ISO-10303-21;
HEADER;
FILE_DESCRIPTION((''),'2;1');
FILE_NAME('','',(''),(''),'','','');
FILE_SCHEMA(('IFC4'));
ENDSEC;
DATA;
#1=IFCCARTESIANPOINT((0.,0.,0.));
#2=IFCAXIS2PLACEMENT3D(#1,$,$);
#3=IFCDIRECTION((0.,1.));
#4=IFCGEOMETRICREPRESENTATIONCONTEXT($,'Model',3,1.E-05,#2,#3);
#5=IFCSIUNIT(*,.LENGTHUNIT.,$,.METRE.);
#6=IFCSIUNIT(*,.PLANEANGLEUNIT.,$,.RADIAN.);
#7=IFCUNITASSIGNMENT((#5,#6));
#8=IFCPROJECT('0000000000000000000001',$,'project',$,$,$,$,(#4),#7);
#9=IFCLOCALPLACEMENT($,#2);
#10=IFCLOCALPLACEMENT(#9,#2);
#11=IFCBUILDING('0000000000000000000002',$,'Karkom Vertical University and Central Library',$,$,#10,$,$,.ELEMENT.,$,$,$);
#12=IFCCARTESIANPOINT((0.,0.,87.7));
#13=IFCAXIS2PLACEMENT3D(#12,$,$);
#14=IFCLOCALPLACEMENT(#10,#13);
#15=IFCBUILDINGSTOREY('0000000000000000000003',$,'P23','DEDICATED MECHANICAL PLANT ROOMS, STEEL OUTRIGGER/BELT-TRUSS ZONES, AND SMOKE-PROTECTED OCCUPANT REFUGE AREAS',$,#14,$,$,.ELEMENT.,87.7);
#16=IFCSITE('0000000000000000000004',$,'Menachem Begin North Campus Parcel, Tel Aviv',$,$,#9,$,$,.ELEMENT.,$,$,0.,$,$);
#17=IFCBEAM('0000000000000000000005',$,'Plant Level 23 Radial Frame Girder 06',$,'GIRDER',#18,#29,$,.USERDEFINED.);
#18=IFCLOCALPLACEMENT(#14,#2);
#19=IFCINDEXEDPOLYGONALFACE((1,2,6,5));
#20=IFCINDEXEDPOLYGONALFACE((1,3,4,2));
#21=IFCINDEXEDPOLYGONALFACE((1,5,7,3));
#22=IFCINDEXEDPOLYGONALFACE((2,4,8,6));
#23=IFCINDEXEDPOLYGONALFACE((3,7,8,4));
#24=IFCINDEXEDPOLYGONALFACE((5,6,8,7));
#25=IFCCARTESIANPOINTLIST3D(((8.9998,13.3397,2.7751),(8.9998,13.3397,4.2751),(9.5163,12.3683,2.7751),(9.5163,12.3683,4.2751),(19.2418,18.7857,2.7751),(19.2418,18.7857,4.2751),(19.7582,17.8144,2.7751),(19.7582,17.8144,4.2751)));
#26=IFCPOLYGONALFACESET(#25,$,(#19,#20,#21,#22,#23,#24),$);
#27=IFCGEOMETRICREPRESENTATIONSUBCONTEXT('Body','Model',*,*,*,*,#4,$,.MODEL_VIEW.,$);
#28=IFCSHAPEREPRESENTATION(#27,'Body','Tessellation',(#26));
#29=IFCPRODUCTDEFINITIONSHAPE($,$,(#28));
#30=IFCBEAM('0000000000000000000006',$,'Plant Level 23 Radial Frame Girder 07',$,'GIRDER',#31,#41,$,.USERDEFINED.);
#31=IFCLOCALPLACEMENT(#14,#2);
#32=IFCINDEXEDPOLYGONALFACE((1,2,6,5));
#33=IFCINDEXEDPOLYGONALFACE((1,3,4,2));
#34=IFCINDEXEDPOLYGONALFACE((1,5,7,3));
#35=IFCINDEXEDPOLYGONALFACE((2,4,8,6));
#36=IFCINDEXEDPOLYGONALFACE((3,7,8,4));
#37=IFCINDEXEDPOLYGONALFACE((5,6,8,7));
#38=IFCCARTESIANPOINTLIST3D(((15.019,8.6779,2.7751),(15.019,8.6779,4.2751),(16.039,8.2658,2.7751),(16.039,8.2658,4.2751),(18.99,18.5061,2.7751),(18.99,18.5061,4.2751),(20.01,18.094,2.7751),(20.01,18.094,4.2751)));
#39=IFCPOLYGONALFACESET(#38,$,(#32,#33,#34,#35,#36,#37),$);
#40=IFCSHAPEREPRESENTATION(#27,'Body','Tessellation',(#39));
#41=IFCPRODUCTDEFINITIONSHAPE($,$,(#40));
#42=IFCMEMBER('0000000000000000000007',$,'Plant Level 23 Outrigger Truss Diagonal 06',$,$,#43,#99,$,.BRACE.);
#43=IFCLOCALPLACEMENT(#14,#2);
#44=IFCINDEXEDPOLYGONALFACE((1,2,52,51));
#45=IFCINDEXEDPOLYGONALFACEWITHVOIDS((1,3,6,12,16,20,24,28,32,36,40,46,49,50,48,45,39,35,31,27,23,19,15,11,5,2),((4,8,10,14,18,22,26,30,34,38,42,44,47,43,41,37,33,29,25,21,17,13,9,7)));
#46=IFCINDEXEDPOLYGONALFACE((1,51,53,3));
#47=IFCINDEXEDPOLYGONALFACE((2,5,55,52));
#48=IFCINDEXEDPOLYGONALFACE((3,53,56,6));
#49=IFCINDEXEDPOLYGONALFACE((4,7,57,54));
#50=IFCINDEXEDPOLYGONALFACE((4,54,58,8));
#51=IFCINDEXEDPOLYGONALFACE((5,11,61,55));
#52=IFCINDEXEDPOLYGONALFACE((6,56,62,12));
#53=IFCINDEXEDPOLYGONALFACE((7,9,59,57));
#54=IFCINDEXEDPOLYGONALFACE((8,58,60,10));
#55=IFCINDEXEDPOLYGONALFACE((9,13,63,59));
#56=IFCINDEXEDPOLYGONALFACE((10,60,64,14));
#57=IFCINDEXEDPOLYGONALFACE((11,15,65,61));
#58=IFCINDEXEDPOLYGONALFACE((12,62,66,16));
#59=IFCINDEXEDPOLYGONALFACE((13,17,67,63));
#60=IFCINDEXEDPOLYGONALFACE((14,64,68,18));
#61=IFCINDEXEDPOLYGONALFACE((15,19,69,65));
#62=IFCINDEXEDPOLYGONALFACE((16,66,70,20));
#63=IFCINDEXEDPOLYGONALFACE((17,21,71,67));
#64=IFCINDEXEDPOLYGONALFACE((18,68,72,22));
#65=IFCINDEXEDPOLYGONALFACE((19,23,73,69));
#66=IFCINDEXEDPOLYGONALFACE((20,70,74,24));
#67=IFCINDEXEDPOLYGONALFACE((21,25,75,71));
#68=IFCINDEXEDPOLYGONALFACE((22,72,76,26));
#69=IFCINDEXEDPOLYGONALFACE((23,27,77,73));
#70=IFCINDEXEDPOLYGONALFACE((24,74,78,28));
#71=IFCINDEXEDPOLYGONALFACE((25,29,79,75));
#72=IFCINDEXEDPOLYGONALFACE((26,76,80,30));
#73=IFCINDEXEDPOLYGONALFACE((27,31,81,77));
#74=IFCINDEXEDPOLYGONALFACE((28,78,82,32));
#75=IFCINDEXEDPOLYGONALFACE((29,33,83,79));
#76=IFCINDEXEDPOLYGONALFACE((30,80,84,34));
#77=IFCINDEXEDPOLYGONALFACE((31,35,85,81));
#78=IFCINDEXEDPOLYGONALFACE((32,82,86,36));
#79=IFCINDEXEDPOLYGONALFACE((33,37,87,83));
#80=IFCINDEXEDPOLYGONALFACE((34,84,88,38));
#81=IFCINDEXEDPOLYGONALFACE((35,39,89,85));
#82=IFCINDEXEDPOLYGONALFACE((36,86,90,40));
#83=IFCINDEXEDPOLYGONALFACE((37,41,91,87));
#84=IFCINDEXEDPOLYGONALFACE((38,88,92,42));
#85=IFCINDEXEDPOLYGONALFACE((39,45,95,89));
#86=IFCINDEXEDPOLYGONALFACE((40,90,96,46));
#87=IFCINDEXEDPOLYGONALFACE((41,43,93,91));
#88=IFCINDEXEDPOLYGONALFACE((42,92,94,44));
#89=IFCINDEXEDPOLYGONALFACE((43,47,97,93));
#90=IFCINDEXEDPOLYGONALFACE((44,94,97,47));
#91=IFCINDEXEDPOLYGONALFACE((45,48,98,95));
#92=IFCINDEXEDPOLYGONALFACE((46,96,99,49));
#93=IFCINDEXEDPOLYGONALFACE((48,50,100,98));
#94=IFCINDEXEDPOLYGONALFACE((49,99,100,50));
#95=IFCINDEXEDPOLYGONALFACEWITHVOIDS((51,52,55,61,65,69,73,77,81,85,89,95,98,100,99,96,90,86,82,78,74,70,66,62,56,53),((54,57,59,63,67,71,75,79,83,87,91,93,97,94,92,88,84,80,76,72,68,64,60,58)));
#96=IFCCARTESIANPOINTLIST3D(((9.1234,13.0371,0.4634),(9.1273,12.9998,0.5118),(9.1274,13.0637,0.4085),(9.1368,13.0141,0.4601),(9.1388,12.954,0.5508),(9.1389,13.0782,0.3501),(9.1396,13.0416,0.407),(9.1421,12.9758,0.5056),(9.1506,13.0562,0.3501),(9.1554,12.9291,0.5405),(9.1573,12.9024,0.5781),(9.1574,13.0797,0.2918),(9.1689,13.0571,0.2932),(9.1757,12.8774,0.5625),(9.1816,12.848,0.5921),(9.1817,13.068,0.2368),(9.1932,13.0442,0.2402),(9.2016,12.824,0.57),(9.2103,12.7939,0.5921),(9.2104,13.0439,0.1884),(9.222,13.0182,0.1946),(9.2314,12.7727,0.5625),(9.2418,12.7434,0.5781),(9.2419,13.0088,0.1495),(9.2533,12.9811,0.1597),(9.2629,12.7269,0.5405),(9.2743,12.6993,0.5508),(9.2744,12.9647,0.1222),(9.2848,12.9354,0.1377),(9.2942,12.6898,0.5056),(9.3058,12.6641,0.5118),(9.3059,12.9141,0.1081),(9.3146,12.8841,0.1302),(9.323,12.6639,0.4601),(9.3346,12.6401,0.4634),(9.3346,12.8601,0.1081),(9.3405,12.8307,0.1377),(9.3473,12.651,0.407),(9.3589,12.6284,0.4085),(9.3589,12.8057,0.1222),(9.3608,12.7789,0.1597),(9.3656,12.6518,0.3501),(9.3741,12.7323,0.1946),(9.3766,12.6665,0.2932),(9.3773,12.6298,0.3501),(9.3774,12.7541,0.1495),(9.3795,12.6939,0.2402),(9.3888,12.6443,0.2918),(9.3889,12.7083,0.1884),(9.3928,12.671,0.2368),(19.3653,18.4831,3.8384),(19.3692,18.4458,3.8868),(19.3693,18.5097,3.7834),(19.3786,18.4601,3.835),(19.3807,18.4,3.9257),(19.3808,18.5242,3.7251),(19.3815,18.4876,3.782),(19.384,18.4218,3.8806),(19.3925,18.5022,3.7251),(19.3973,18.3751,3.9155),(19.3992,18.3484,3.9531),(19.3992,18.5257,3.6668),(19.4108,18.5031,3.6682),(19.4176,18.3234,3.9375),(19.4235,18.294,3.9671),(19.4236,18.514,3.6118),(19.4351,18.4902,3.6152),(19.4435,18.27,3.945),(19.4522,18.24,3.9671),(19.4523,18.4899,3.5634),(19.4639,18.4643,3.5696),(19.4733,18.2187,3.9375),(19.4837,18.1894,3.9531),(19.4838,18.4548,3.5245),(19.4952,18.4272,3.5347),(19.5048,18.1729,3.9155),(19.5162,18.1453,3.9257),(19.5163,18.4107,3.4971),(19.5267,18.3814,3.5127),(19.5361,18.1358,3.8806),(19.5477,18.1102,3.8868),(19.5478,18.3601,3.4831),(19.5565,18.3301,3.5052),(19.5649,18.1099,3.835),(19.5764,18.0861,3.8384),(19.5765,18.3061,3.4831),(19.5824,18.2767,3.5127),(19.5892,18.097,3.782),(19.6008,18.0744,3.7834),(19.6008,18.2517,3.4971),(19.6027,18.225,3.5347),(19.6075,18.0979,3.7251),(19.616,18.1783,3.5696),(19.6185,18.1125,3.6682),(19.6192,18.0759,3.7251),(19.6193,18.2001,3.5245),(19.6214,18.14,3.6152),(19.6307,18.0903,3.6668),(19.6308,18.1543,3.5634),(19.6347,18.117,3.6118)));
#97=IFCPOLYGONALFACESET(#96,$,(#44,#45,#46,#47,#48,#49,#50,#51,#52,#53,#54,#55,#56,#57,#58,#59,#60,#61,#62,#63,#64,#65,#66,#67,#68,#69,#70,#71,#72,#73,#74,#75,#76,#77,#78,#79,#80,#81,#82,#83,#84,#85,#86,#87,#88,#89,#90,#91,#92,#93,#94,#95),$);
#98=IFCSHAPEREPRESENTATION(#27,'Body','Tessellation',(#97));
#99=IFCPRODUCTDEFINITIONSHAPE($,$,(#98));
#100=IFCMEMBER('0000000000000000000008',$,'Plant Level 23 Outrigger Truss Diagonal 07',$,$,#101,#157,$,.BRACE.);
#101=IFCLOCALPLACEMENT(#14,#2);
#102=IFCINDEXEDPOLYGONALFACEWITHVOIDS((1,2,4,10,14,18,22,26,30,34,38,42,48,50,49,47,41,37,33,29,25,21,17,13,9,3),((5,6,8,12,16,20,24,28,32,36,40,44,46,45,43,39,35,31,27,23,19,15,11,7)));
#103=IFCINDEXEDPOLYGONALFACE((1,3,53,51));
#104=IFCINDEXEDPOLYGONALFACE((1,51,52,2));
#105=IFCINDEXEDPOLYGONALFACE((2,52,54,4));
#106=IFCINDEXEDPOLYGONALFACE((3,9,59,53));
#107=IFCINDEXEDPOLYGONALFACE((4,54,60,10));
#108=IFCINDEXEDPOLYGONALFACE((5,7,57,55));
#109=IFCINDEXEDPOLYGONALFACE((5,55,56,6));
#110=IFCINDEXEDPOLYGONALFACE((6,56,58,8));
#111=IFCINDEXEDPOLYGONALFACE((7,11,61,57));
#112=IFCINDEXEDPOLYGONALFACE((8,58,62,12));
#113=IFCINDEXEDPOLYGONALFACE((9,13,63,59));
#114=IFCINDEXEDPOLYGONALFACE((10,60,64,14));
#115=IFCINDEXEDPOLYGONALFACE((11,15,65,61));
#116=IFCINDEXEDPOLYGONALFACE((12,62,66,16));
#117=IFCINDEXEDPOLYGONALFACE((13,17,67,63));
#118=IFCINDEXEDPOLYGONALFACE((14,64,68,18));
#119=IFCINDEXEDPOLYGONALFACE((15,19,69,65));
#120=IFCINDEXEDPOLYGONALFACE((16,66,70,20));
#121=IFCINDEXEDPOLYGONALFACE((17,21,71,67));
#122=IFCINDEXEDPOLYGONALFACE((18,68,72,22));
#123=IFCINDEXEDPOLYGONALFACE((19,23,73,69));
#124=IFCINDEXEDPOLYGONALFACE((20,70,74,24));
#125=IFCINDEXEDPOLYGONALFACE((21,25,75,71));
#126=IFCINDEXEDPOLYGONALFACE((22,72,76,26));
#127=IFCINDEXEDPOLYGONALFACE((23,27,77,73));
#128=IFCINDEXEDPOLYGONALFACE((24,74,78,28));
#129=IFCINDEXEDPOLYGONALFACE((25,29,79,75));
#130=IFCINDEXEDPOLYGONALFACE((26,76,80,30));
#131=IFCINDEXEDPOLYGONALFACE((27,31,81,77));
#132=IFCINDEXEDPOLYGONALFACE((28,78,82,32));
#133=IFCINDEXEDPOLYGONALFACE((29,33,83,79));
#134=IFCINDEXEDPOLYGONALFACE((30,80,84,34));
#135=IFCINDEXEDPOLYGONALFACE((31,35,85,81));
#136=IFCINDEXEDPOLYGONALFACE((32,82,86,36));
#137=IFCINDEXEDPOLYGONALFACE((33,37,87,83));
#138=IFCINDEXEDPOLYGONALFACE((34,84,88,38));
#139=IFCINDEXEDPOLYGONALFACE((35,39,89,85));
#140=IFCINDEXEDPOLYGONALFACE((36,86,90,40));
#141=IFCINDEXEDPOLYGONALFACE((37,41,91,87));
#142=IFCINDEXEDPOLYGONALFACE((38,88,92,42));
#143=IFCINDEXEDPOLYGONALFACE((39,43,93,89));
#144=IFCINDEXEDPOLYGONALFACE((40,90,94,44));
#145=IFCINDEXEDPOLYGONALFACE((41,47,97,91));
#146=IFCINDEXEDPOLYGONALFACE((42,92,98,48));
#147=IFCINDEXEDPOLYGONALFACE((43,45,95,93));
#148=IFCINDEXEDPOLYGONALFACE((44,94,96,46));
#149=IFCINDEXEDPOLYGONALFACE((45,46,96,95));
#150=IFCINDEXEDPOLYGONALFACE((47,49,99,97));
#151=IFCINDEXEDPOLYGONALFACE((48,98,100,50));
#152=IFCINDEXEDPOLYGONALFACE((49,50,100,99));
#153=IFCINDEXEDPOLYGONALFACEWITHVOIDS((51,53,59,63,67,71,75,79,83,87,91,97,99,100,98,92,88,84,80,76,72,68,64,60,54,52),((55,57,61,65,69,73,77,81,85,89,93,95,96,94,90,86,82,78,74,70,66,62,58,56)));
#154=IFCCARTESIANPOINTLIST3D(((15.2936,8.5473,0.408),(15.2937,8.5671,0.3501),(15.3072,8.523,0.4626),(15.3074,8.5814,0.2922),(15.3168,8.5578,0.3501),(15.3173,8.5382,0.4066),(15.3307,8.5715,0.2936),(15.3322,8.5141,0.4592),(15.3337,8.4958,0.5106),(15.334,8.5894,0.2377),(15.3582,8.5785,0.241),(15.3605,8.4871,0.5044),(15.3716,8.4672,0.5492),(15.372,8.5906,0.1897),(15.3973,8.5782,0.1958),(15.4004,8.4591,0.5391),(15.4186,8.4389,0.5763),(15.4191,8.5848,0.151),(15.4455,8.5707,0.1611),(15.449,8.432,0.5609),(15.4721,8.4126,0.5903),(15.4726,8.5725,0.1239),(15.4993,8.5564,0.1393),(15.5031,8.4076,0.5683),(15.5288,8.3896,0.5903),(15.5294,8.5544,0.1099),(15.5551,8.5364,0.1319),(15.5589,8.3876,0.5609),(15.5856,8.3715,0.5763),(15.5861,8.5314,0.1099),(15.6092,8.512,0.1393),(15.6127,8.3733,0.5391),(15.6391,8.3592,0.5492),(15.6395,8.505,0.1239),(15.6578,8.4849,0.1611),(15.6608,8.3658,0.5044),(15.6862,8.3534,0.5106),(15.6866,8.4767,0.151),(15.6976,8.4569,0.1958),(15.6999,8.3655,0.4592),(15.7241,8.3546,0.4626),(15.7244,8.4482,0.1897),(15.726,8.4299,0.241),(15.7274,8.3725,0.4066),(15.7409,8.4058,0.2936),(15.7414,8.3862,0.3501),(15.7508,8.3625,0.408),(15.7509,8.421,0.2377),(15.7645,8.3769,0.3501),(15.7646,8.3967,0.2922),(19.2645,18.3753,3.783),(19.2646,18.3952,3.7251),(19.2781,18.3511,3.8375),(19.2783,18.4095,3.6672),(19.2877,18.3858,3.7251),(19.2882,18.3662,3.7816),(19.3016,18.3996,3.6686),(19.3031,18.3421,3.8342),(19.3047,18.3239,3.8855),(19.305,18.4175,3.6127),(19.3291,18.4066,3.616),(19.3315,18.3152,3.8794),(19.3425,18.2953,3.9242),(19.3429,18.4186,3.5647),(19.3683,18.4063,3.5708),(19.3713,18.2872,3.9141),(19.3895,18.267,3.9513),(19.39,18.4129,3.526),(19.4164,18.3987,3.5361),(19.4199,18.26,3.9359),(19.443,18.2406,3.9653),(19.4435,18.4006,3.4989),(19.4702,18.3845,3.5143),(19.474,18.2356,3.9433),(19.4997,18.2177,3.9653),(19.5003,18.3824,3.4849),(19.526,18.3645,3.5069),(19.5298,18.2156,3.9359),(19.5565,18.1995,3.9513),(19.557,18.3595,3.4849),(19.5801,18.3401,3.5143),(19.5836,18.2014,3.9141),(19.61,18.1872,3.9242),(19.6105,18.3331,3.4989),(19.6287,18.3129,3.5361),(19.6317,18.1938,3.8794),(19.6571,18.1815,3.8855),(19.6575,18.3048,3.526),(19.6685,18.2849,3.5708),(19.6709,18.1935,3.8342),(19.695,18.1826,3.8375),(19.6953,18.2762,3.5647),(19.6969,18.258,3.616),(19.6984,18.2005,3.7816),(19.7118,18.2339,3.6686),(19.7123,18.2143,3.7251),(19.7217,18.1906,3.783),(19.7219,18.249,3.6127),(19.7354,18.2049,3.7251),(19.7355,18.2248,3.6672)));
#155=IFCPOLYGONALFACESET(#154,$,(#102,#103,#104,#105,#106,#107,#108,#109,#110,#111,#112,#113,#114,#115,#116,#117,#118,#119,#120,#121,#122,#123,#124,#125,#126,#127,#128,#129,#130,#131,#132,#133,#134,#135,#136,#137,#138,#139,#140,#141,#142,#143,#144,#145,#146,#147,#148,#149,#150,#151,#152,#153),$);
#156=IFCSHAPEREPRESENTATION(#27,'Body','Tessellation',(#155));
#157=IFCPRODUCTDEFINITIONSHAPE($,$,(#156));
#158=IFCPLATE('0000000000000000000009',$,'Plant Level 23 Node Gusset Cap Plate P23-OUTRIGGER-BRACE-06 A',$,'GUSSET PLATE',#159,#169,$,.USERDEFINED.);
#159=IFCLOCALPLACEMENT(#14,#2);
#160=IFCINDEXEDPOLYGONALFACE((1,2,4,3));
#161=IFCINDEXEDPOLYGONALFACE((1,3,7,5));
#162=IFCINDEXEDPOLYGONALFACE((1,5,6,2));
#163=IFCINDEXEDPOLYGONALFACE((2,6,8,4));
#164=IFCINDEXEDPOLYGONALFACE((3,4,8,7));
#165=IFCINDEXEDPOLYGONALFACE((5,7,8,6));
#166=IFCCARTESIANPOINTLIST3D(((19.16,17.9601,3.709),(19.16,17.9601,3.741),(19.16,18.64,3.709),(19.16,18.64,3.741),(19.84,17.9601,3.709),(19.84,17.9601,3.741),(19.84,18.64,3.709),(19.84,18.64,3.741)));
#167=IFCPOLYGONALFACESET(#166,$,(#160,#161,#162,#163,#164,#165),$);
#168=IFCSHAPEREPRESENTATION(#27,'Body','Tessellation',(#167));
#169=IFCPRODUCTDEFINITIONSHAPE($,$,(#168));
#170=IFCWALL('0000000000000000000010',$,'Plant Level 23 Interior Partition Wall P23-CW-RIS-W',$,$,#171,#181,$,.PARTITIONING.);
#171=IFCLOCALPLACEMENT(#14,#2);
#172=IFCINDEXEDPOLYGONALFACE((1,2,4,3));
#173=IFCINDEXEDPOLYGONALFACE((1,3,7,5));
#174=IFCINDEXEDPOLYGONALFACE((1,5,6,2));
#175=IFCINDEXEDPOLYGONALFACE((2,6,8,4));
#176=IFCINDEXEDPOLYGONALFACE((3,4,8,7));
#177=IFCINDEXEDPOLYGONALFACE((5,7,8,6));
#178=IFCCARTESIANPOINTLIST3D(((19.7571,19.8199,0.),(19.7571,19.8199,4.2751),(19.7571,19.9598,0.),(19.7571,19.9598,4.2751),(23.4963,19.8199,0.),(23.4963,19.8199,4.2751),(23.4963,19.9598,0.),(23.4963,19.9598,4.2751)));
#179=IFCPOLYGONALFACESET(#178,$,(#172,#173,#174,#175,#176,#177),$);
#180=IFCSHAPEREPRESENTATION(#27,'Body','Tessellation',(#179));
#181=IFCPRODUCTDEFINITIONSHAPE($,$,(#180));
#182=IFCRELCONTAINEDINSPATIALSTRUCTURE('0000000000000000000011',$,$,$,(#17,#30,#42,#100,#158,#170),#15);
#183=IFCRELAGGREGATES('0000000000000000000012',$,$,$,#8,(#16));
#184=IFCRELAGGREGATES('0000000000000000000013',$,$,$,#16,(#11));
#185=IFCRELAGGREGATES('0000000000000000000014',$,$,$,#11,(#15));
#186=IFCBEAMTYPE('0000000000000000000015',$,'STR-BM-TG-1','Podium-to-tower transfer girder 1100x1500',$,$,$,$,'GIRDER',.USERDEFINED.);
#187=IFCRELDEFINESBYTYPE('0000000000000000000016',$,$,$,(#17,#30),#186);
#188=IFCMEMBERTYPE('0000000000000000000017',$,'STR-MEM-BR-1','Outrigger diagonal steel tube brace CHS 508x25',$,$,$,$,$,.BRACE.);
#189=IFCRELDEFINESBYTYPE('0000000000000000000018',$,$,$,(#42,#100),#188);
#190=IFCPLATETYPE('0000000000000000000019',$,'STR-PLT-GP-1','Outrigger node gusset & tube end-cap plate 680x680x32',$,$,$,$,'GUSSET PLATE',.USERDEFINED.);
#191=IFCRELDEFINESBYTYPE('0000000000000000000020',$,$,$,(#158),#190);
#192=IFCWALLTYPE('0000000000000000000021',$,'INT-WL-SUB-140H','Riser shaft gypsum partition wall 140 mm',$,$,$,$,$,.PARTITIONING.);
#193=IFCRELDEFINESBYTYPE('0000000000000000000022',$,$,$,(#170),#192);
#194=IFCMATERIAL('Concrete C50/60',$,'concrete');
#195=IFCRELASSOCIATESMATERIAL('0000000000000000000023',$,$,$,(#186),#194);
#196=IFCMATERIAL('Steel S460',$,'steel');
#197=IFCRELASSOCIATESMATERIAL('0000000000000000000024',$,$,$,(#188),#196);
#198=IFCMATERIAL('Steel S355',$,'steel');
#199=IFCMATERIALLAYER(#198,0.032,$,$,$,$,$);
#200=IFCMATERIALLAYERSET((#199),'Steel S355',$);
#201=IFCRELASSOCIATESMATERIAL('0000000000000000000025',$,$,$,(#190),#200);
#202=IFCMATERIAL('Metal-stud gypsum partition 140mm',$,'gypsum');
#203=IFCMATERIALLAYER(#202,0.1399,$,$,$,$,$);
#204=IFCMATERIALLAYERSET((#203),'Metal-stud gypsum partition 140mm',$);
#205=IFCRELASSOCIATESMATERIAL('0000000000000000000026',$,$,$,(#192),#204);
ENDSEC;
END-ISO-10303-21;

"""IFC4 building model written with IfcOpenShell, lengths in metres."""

from ifc_helpers import new_model, si_unit, direction, frame, frame_2d, origin, origin_with_axes, origin_2d, place, context, subcontext, project, spatial, rectangle, hollow_circle, extrude, source, transform, mapped, material, layer, layer_set, material_profile, profile_set, type_object, element, save


model = new_model("IFC4")

# Units and contexts
model_context = context("Model", 3, precision=1e-05, world=origin(), true_north=direction((0.0, 1.0)))
body_context = subcontext(model_context, "Body", "Model", "MODEL_VIEW")
ifc_project = project(units=[si_unit("LENGTHUNIT", "METRE"), si_unit("PLANEANGLEUNIT", "RADIAN")], contexts=[model_context])

# Site, building, storey
site_placement = place(None, origin())
site = spatial("IfcSite", under=ifc_project, at=site_placement, Name="Menachem Begin North Campus Parcel, Tel Aviv", CompositionType="ELEMENT", RefElevation=0.0)
building_placement = place(site_placement, origin())
building = spatial("IfcBuilding", under=site, at=building_placement, Name="Karkom Vertical University and Central Library", CompositionType="ELEMENT")
storey_placement = place(building_placement, frame((0.0, 0.0, 87.7)))
storey = spatial("IfcBuildingStorey", under=building, at=storey_placement, Name="P23", Description="DEDICATED MECHANICAL PLANT ROOMS, STEEL OUTRIGGER/BELT-TRUSS ZONES, AND SMOKE-PROTECTED OCCUPANT REFUGE AREAS", CompositionType="ELEMENT", Elevation=87.7)

# Beams
ifc_material_1 = material(Name="Concrete C50/60", Category="concrete")
ifc_material_profile_1 = material_profile(ifc_material_1, rectangle(XDim=1.1001, YDim=1.5, at=origin_2d()), Name="TG-1100x1500")
ifc_profile_set_1 = profile_set([ifc_material_profile_1], Name="Concrete C50/60")
beam_type = type_object("IfcBeamType", Name="STR-BM-TG-1", Description="Podium-to-tower transfer girder 1100x1500", ElementType="GIRDER", PredefinedType="USERDEFINED", material=ifc_profile_set_1)
shared_shape_1 = source(origin_with_axes(), body_context, "Body", "SweptSolid", [
    extrude(rectangle(XDim=1.1001, YDim=1.5, at=origin_2d()), origin(), (0.0, 0.0, 1.0), 11.5999),
])
beam_1_placement = place(storey_placement, frame((19.5, 18.3, 3.5251), z_axis=(-0.882937, -0.469492, 0.0), x_axis=(0.469492, -0.882937, 0.0)))
element("IfcBeam", 1, at=beam_1_placement, inside=storey, type_object=beam_type, Name="Plant Level 23 Radial Frame Girder 06", ObjectType="GIRDER", PredefinedType="USERDEFINED", context=body_context, shape_type="MappedRepresentation", body=[
    mapped(shared_shape_1, transform((0.0, 0.0, 0.0), scale=1.0)),
])
shared_shape_2 = source(origin_with_axes(), body_context, "Body", "SweptSolid", [
    extrude(rectangle(XDim=1.1001, YDim=1.5, at=origin_2d()), origin(), (0.0, 0.0, 1.0), 10.6001),
])
beam_2_placement = place(storey_placement, frame((19.5, 18.3, 3.5251), z_axis=(-0.374617, -0.92718, 0.0), x_axis=(0.92718, -0.374617, 0.0)))
element("IfcBeam", 2, at=beam_2_placement, inside=storey, type_object=beam_type, Name="Plant Level 23 Radial Frame Girder 07", ObjectType="GIRDER", PredefinedType="USERDEFINED", context=body_context, shape_type="MappedRepresentation", body=[
    mapped(shared_shape_2, transform((0.0, 0.0, 0.0), scale=1.0)),
])

# Members
ifc_material_2 = material(Name="Steel S460", Category="steel")
ifc_material_profile_2 = material_profile(ifc_material_2, hollow_circle(Radius=0.2539, WallThickness=0.0249, at=origin_2d()), Name="CHS 508x25")
ifc_profile_set_2 = profile_set([ifc_material_profile_2], Name="Steel S460")
member_type = type_object("IfcMemberType", Name="STR-MEM-BR-1", Description="Outrigger diagonal steel tube brace CHS 508x25", PredefinedType="BRACE", material=ifc_profile_set_2)
shared_shape_3 = source(origin_with_axes(), body_context, "Body", "SweptSolid", [
    extrude(hollow_circle(Radius=0.2539, WallThickness=0.0249, at=origin_2d()), origin(), (0.0, 0.0, 1.0), 12.0808),
])
member_1_placement = place(storey_placement, frame((19.5, 18.3, 3.7251), z_axis=(-0.847782, -0.450799, -0.279367), x_axis=(0.469492, -0.882937, 0.0)))
element("IfcMember", 3, at=member_1_placement, inside=storey, type_object=member_type, Name="Plant Level 23 Outrigger Truss Diagonal 06", PredefinedType="BRACE", context=body_context, shape_type="MappedRepresentation", body=[
    mapped(shared_shape_3, transform((0.0, 0.0, 0.0), scale=1.0)),
])
shared_shape_4 = source(origin_with_axes(), body_context, "Body", "SweptSolid", [
    extrude(hollow_circle(Radius=0.2539, WallThickness=0.0249, at=origin_2d()), origin(), (0.0, 0.0, 1.0), 11.1243),
])
member_2_placement = place(storey_placement, frame((19.5, 18.3, 3.7251), z_axis=(-0.35696, -0.883479, -0.303389), x_axis=(0.92718, -0.374617, 0.0)))
element("IfcMember", 4, at=member_2_placement, inside=storey, type_object=member_type, Name="Plant Level 23 Outrigger Truss Diagonal 07", PredefinedType="BRACE", context=body_context, shape_type="MappedRepresentation", body=[
    mapped(shared_shape_4, transform((0.0, 0.0, 0.0), scale=1.0)),
])

# Plate
ifc_material_3 = material(Name="Steel S355", Category="steel")
ifc_layer_1 = layer(ifc_material_3, 0.032)
ifc_layer_set_1 = layer_set([ifc_layer_1], Name="Steel S355")
plate_type = type_object("IfcPlateType", Name="STR-PLT-GP-1", Description="Outrigger node gusset & tube end-cap plate 680x680x32", ElementType="GUSSET PLATE", PredefinedType="USERDEFINED", material=ifc_layer_set_1)
shared_shape_5 = source(origin_with_axes(), body_context, "Body", "SweptSolid", [
    extrude(rectangle(XDim=0.6799, YDim=0.6799, at=origin_2d()), origin(), (0.0, 0.0, 1.0), 0.032),
])
plate_placement = place(storey_placement, frame((19.5, 18.3, 3.709), z_axis=(0.0, 0.0, 1.0), x_axis=(1.0, 0.0, 0.0)))
element("IfcPlate", 5, at=plate_placement, inside=storey, type_object=plate_type, Name="Plant Level 23 Node Gusset Cap Plate P23-OUTRIGGER-BRACE-06 A", ObjectType="GUSSET PLATE", PredefinedType="USERDEFINED", context=body_context, shape_type="MappedRepresentation", body=[
    mapped(shared_shape_5, transform((0.0, 0.0, 0.0), scale=1.0)),
])

# Wall
ifc_material_4 = material(Name="Metal-stud gypsum partition 140mm", Category="gypsum")
ifc_layer_2 = layer(ifc_material_4, 0.1399)
ifc_layer_set_2 = layer_set([ifc_layer_2], Name="Metal-stud gypsum partition 140mm")
wall_type_1 = type_object("IfcWallType", Name="INT-WL-SUB-140H", Description="Riser shaft gypsum partition wall 140 mm", PredefinedType="PARTITIONING", material=ifc_layer_set_2)
wall_1_placement = place(storey_placement, frame((19.7571, 19.8899, 0.0), z_axis=(0.0, 0.0, 1.0), x_axis=(1.0, 0.0, 0.0)))
element("IfcWall", 6, at=wall_1_placement, inside=storey, type_object=wall_type_1, Name="Plant Level 23 Interior Partition Wall P23-CW-RIS-W", PredefinedType="PARTITIONING", context=body_context, shape_type="SweptSolid", body=[
    extrude(rectangle(XDim=3.7393, YDim=0.1399, at=frame_2d((1.8696, 0.0))), origin(), (0.0, 0.0, 1.0), 4.2751),
])

save(model, "model.ifc")
